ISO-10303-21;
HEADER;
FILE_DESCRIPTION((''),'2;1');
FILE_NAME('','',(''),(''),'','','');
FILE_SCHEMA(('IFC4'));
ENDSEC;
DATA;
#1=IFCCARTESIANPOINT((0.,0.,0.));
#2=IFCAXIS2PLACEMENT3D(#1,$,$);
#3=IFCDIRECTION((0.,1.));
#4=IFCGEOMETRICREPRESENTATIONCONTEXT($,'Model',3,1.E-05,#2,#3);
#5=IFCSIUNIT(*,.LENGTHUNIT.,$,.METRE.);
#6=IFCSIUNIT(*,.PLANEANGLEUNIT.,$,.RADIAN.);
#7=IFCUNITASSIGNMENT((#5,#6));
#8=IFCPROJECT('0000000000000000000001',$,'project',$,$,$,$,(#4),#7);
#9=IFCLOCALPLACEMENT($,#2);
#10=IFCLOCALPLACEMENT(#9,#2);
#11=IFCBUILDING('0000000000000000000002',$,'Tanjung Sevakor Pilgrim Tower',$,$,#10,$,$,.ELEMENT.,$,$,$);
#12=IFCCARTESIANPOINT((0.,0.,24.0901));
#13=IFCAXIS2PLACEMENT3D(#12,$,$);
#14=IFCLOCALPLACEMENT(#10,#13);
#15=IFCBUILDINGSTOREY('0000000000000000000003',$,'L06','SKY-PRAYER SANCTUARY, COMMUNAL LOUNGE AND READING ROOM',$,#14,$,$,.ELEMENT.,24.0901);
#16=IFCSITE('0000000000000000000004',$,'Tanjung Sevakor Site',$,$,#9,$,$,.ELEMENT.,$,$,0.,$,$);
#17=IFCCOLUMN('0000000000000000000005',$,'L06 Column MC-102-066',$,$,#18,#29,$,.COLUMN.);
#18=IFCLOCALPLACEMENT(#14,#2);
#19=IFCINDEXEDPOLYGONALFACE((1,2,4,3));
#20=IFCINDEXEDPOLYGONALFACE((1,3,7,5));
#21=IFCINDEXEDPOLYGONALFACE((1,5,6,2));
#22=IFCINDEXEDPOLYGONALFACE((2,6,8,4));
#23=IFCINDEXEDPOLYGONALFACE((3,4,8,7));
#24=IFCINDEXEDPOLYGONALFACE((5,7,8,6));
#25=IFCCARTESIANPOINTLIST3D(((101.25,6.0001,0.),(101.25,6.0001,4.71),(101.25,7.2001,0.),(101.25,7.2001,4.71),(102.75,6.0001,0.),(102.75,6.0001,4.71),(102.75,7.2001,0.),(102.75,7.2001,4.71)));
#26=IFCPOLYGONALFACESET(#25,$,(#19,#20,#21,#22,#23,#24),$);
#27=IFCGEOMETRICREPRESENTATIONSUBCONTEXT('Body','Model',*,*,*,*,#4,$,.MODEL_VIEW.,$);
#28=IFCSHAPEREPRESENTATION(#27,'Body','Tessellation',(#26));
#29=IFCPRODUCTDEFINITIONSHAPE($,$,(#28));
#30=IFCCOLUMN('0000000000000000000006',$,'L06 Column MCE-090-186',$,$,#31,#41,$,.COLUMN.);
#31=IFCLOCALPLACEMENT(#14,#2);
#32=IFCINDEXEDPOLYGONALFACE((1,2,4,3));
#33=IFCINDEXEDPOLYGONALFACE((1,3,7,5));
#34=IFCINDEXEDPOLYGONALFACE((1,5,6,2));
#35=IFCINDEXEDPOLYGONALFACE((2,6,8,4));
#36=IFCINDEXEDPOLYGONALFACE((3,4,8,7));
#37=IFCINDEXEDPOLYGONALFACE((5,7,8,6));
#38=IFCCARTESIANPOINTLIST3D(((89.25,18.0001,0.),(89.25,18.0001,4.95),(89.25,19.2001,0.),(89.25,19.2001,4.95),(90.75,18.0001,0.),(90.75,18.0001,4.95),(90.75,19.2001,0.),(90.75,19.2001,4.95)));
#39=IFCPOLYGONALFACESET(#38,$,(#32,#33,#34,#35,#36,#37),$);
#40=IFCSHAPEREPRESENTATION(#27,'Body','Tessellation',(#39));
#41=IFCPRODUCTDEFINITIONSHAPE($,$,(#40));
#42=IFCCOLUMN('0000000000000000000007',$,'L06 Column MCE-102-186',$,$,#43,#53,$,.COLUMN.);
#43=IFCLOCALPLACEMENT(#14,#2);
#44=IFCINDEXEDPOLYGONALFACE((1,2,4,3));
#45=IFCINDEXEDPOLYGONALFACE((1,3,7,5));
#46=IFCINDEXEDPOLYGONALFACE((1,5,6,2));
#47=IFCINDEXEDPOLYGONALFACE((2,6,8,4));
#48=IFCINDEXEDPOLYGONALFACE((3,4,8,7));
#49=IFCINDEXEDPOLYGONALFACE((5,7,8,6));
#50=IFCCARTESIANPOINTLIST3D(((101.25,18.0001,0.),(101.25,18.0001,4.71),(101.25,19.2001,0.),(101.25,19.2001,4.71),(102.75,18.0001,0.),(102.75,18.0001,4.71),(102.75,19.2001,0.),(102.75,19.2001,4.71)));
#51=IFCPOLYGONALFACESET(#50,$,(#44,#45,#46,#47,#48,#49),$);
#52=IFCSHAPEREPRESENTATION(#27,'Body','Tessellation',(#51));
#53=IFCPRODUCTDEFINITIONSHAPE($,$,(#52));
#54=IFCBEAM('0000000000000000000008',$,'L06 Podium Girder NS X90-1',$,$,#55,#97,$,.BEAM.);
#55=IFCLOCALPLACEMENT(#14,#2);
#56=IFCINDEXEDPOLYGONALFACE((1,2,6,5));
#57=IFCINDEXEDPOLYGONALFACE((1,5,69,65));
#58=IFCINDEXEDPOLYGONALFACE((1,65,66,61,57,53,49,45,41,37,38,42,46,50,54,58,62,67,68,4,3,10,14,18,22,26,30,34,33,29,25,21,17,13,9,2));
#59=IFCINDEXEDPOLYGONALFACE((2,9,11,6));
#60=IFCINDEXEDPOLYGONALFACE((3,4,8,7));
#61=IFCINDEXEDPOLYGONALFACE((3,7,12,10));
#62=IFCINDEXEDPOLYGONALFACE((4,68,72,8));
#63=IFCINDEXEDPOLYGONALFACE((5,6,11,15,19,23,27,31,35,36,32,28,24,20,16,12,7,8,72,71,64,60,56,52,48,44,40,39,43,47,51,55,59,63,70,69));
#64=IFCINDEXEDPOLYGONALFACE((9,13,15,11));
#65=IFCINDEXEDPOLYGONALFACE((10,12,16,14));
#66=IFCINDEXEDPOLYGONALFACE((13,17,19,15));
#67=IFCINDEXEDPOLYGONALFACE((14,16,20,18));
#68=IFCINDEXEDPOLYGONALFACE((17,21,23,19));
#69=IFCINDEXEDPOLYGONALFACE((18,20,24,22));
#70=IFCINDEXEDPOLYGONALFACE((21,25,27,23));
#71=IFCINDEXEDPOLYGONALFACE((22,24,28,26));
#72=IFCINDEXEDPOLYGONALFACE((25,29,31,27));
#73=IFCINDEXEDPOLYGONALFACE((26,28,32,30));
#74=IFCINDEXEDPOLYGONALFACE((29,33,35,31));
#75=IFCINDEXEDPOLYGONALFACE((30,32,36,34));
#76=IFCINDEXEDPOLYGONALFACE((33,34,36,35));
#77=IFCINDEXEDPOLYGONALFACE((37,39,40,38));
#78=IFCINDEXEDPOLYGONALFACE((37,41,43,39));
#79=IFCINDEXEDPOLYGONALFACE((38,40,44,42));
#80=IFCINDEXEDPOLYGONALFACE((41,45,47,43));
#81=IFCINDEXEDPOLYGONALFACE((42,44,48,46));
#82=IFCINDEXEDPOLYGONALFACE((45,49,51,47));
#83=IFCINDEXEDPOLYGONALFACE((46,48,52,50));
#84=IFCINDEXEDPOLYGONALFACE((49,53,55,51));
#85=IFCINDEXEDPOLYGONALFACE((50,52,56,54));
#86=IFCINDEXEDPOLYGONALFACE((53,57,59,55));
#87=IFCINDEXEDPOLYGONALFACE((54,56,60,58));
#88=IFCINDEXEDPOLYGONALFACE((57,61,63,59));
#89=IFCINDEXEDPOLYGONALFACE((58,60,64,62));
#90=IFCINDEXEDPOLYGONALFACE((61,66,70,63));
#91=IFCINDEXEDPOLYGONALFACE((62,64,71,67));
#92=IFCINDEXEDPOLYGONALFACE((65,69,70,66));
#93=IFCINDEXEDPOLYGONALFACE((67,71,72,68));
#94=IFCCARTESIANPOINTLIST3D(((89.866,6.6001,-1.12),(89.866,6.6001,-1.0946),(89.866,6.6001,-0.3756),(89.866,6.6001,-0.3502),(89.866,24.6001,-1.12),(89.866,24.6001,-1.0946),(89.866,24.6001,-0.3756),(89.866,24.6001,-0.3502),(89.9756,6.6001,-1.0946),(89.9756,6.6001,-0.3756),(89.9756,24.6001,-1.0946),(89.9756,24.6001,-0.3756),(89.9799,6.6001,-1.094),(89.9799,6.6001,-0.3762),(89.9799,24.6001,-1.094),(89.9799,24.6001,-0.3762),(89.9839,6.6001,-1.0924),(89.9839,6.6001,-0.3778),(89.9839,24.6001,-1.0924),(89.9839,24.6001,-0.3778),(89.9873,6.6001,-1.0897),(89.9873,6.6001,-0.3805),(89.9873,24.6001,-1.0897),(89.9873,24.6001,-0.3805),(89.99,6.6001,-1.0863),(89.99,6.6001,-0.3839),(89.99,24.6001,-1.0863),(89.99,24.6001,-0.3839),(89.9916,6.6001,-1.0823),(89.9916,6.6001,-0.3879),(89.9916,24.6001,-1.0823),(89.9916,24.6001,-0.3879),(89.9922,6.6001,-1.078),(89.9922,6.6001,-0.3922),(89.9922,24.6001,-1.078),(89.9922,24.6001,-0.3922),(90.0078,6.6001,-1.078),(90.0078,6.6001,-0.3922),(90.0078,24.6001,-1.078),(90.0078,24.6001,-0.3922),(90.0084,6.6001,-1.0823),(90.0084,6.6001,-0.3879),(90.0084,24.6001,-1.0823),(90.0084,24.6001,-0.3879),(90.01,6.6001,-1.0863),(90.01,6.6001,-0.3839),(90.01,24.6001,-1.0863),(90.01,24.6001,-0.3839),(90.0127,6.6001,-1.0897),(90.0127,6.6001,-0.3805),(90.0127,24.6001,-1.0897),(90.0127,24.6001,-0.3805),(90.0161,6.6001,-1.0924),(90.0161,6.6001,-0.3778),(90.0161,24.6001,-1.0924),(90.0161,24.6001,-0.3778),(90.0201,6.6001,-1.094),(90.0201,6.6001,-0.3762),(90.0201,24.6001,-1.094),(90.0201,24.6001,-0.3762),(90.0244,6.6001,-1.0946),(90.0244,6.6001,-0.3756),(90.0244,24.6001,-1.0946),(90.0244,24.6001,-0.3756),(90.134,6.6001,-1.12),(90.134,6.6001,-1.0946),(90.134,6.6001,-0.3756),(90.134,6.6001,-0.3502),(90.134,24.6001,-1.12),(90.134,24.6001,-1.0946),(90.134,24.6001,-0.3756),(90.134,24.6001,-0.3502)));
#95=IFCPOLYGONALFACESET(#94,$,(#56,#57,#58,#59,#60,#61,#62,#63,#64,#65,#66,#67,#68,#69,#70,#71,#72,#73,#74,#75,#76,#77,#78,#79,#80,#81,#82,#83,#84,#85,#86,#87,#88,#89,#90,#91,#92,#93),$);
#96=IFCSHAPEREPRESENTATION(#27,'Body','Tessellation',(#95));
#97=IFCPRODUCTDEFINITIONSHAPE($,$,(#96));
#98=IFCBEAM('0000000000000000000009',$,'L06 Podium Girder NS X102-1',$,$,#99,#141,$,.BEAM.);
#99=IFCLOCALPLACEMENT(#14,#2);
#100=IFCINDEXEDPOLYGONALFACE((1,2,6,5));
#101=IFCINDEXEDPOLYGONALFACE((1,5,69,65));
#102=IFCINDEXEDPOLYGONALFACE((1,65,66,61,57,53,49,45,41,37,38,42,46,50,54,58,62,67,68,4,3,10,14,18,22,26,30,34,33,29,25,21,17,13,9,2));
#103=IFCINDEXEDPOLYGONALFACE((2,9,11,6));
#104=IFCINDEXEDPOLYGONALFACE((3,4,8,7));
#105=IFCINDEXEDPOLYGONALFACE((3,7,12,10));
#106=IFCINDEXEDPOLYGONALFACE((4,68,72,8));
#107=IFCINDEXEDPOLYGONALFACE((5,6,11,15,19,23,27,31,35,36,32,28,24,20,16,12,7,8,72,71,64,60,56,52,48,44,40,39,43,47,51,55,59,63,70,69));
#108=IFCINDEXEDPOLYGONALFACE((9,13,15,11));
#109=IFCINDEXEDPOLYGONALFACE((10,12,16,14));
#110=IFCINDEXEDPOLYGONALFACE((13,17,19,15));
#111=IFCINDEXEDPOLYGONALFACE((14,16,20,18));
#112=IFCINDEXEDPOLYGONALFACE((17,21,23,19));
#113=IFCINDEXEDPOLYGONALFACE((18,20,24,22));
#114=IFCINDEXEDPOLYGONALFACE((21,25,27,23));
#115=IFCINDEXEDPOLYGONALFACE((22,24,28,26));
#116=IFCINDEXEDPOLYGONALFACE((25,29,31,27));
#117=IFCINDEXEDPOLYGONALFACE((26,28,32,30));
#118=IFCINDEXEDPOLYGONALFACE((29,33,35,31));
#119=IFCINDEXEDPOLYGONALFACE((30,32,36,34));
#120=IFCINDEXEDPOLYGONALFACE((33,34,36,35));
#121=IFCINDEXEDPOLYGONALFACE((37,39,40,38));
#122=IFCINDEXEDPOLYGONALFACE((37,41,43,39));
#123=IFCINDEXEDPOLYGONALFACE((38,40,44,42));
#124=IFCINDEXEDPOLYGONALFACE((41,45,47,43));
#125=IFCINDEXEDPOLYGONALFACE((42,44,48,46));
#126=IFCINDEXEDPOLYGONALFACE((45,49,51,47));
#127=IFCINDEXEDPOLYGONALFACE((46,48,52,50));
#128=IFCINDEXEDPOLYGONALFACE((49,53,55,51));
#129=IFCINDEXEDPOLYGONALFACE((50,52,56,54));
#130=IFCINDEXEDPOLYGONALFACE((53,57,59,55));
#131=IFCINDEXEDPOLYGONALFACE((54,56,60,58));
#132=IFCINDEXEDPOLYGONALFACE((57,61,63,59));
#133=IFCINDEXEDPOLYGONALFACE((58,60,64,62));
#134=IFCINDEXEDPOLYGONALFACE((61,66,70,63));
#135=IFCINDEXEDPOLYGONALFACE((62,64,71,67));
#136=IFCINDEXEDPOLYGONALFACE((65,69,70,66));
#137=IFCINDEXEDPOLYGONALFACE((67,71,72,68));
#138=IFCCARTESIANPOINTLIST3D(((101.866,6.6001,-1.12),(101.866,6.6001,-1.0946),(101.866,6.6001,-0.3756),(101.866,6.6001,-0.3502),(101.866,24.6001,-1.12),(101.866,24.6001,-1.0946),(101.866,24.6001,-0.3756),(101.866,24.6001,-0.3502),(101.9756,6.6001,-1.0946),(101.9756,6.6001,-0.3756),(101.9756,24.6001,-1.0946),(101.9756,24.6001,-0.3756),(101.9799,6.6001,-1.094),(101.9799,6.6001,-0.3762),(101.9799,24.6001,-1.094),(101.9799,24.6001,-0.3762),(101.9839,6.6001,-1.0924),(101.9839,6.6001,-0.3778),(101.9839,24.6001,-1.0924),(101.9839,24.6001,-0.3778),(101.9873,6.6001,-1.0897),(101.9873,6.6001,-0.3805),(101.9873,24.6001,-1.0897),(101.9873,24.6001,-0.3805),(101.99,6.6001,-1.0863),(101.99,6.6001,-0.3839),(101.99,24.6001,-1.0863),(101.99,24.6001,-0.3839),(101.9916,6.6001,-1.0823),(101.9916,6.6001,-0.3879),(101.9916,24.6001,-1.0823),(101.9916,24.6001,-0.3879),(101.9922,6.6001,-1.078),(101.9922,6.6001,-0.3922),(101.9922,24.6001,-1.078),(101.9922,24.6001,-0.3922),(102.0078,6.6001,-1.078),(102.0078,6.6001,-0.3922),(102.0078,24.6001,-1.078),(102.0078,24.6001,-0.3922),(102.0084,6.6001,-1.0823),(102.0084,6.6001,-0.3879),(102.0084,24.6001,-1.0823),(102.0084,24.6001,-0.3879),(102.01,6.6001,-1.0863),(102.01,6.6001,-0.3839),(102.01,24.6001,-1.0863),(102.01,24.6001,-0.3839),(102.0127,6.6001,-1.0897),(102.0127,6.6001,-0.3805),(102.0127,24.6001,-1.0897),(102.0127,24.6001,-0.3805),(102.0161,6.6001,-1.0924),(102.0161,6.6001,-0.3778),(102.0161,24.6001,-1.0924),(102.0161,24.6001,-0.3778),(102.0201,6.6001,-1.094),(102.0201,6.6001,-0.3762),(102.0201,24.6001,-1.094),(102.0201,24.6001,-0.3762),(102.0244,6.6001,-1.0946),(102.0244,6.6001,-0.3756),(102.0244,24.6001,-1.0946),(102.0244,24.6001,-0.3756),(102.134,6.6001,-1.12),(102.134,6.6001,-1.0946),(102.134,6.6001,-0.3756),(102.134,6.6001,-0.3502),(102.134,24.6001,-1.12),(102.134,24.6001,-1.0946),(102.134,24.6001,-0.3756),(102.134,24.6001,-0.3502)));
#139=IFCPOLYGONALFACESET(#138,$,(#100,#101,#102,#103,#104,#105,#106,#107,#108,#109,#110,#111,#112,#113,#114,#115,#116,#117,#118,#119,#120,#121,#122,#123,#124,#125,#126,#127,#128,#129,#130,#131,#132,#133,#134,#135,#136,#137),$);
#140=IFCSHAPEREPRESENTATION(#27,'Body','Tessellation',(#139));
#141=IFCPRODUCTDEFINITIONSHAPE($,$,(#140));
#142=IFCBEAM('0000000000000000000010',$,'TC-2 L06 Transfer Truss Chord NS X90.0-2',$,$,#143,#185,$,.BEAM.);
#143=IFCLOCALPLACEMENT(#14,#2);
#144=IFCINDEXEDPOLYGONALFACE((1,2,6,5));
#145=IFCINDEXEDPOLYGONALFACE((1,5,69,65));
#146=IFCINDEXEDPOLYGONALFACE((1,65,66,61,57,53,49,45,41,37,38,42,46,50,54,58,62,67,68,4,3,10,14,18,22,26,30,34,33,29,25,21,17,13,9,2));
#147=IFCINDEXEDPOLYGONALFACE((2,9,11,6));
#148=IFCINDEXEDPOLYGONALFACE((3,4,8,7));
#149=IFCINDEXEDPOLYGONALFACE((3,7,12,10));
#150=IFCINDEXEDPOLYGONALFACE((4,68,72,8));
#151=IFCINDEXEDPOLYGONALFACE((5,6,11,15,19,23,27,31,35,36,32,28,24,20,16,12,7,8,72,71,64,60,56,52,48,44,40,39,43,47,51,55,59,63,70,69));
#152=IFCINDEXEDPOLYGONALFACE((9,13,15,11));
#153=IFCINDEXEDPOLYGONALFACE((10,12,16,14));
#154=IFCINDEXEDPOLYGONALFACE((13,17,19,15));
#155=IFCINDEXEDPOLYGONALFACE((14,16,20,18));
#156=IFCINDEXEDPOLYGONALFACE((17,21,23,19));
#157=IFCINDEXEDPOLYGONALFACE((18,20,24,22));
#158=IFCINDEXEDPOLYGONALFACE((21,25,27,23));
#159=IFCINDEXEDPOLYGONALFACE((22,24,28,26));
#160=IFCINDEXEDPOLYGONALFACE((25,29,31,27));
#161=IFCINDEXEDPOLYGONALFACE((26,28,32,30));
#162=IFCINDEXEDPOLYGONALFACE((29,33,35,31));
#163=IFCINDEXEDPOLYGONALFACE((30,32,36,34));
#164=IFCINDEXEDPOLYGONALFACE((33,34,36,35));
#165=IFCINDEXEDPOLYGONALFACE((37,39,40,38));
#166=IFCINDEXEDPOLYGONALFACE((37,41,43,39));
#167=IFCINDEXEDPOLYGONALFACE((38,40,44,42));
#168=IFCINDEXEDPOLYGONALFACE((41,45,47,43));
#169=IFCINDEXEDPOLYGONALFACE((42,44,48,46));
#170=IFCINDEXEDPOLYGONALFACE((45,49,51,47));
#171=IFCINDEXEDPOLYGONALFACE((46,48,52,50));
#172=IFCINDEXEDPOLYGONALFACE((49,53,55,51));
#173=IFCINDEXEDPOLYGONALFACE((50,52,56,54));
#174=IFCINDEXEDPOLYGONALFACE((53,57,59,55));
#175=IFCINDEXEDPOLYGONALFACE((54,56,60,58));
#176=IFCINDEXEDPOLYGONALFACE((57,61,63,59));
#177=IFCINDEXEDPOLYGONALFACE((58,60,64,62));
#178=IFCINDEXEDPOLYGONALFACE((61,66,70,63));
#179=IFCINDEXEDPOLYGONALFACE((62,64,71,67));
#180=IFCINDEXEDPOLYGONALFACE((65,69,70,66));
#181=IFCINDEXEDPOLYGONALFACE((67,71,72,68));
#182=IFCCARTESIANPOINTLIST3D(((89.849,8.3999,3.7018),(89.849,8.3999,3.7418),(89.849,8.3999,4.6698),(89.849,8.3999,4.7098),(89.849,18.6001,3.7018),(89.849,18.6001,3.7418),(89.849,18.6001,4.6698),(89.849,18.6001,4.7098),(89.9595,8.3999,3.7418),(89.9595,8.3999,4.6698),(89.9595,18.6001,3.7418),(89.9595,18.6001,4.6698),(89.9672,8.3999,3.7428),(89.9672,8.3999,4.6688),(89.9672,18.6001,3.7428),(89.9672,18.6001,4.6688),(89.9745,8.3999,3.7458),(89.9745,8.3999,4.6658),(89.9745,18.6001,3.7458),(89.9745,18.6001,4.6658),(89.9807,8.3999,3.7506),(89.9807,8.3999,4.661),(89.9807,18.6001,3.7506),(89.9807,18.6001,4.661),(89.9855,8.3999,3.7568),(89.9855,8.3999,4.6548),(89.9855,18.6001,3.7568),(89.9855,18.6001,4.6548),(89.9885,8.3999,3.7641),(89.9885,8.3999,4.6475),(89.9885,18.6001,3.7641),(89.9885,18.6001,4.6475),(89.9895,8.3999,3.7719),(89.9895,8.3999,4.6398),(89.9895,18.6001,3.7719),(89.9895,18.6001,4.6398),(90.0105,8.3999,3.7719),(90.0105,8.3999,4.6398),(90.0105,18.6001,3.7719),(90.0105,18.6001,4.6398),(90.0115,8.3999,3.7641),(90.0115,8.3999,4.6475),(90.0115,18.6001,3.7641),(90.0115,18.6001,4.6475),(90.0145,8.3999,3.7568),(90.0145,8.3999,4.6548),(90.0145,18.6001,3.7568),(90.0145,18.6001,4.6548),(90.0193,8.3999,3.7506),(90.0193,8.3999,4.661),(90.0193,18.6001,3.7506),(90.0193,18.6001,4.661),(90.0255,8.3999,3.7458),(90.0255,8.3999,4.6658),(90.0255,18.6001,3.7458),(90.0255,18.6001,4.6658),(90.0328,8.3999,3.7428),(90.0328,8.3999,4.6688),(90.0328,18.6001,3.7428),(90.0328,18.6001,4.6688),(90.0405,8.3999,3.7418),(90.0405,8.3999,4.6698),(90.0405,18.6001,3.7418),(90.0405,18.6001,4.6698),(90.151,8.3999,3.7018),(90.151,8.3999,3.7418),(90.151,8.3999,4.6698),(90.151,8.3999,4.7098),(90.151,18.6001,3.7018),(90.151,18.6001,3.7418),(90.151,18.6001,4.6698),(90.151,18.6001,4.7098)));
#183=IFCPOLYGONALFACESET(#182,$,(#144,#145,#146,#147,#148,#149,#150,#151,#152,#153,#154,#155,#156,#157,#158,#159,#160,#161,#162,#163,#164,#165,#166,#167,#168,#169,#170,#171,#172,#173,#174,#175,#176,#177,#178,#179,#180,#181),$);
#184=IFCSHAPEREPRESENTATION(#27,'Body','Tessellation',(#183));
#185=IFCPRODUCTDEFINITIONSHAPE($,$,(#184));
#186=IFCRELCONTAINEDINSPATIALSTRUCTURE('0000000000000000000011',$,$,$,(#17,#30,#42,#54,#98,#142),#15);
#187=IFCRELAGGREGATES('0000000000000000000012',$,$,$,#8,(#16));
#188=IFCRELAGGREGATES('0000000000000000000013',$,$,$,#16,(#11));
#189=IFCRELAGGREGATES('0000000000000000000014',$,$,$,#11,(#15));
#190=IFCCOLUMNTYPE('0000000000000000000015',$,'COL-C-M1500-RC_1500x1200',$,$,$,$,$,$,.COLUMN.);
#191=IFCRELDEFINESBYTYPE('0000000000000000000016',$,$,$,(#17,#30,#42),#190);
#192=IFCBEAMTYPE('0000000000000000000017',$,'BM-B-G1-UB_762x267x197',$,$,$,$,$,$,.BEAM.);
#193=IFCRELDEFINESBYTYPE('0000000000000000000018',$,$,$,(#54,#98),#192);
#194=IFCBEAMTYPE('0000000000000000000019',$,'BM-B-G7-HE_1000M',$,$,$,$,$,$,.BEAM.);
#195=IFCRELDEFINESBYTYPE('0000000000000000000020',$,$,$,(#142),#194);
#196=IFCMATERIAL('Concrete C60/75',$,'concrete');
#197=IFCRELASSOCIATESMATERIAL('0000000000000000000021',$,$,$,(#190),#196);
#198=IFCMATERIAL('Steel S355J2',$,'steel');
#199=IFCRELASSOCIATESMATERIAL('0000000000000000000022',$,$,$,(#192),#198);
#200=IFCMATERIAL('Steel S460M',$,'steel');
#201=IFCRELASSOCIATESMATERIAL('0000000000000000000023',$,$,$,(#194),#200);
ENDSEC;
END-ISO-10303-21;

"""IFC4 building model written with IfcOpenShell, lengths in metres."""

from ifc_helpers import new_model, si_unit, direction, frame, origin, origin_2d, place, context, subcontext, project, spatial, rectangle, i_section, extrude, material, material_profile, profile_set, type_object, element, save


model = new_model("IFC4")

# Units and contexts
model_context = context("Model", 3, precision=1e-05, world=origin(), true_north=direction((0.0, 1.0)))
body_context = subcontext(model_context, "Body", "Model", "MODEL_VIEW")
ifc_project = project(units=[si_unit("LENGTHUNIT", "METRE"), si_unit("PLANEANGLEUNIT", "RADIAN")], contexts=[model_context])

# Site, building, storey
site_placement = place(None, origin())
site = spatial("IfcSite", under=ifc_project, at=site_placement, Name="Tanjung Sevakor Site", CompositionType="ELEMENT", RefElevation=0.0)
building_placement = place(site_placement, origin())
building = spatial("IfcBuilding", under=site, at=building_placement, Name="Tanjung Sevakor Pilgrim Tower", CompositionType="ELEMENT")
storey_placement = place(building_placement, frame((0.0, 0.0, 24.0901)))
storey = spatial("IfcBuildingStorey", under=building, at=storey_placement, Name="L06", Description="SKY-PRAYER SANCTUARY, COMMUNAL LOUNGE AND READING ROOM", CompositionType="ELEMENT", Elevation=24.0901)

# Columns
ifc_material_1 = material(Name="Concrete C60/75", Category="concrete")
ifc_material_profile_1 = material_profile(ifc_material_1, rectangle(XDim=1.5, YDim=1.2, at=origin_2d()))
ifc_profile_set_1 = profile_set([ifc_material_profile_1], Name="Concrete C60/75")
column_type = type_object("IfcColumnType", Name="COL-C-M1500-RC_1500x1200", PredefinedType="COLUMN", material=ifc_profile_set_1)
column_1_placement = place(storey_placement, frame((102.0, 6.6001, 0.0), z_axis=(0.0, 0.0, 1.0), x_axis=(1.0, 0.0, 0.0)))
element("IfcColumn", 1, at=column_1_placement, inside=storey, type_object=column_type, Name="L06 Column MC-102-066", PredefinedType="COLUMN", context=body_context, shape_type="SweptSolid", body=[
    extrude(rectangle(XDim=1.5, YDim=1.2, at=origin_2d()), origin(), (0.0, 0.0, 1.0), 4.71),
])
column_2_placement = place(storey_placement, frame((90.0, 18.6001, 0.0), z_axis=(0.0, 0.0, 1.0), x_axis=(1.0, 0.0, 0.0)))
element("IfcColumn", 2, at=column_2_placement, inside=storey, type_object=column_type, Name="L06 Column MCE-090-186", PredefinedType="COLUMN", context=body_context, shape_type="SweptSolid", body=[
    extrude(rectangle(XDim=1.5, YDim=1.2, at=origin_2d()), origin(), (0.0, 0.0, 1.0), 4.95),
])
column_3_placement = place(storey_placement, frame((102.0, 18.6001, 0.0), z_axis=(0.0, 0.0, 1.0), x_axis=(1.0, 0.0, 0.0)))
element("IfcColumn", 3, at=column_3_placement, inside=storey, type_object=column_type, Name="L06 Column MCE-102-186", PredefinedType="COLUMN", context=body_context, shape_type="SweptSolid", body=[
    extrude(rectangle(XDim=1.5, YDim=1.2, at=origin_2d()), origin(), (0.0, 0.0, 1.0), 4.71),
])

# Beams
ifc_material_2 = material(Name="Steel S355J2", Category="steel")
ifc_material_profile_2 = material_profile(ifc_material_2, i_section(OverallWidth=0.2681, OverallDepth=0.7698, WebThickness=0.0156, FlangeThickness=0.0254, FilletRadius=0.0166, at=origin_2d()))
ifc_profile_set_2 = profile_set([ifc_material_profile_2], Name="Steel S355J2")
beam_type_1 = type_object("IfcBeamType", Name="BM-B-G1-UB_762x267x197", PredefinedType="BEAM", material=ifc_profile_set_2)
for number, where, z_axis, x_axis, name in (
    (4, (90.0, 6.6001, -0.7351), (0.0, 1.0, 0.0), (-1.0, 0.0, 0.0), "L06 Podium Girder NS X90-1"),
    (5, (102.0, 6.6001, -0.7351), (0.0, 1.0, 0.0), (-1.0, 0.0, 0.0), "L06 Podium Girder NS X102-1"),
):
    element("IfcBeam", number, at=place(storey_placement, frame(where, z_axis=z_axis, x_axis=x_axis)), inside=storey, type_object=beam_type_1, Name=name, PredefinedType="BEAM", context=body_context, shape_type="SweptSolid", body=[
        extrude(i_section(OverallWidth=0.2681, OverallDepth=0.7698, WebThickness=0.0156, FlangeThickness=0.0254, FilletRadius=0.0166, at=origin_2d()), origin(), (0.0, 0.0, 1.0), 18.0),
    ])
ifc_material_3 = material(Name="Steel S460M", Category="steel")
ifc_material_profile_3 = material_profile(ifc_material_3, i_section(OverallWidth=0.302, OverallDepth=1.0081, WebThickness=0.021, FlangeThickness=0.04, FilletRadius=0.03, at=origin_2d()))
ifc_profile_set_3 = profile_set([ifc_material_profile_3], Name="Steel S460M")
beam_type_2 = type_object("IfcBeamType", Name="BM-B-G7-HE_1000M", PredefinedType="BEAM", material=ifc_profile_set_3)
beam_1_placement = place(storey_placement, frame((90.0, 8.3999, 4.2058), z_axis=(0.0, 1.0, 0.0), x_axis=(-1.0, 0.0, 0.0)))
element("IfcBeam", 6, at=beam_1_placement, inside=storey, type_object=beam_type_2, Name="TC-2 L06 Transfer Truss Chord NS X90.0-2", PredefinedType="BEAM", context=body_context, shape_type="SweptSolid", body=[
    extrude(i_section(OverallWidth=0.302, OverallDepth=1.0081, WebThickness=0.021, FlangeThickness=0.04, FilletRadius=0.03, at=origin_2d()), origin(), (0.0, 0.0, 1.0), 10.2002),
])

save(model, "model.ifc")
